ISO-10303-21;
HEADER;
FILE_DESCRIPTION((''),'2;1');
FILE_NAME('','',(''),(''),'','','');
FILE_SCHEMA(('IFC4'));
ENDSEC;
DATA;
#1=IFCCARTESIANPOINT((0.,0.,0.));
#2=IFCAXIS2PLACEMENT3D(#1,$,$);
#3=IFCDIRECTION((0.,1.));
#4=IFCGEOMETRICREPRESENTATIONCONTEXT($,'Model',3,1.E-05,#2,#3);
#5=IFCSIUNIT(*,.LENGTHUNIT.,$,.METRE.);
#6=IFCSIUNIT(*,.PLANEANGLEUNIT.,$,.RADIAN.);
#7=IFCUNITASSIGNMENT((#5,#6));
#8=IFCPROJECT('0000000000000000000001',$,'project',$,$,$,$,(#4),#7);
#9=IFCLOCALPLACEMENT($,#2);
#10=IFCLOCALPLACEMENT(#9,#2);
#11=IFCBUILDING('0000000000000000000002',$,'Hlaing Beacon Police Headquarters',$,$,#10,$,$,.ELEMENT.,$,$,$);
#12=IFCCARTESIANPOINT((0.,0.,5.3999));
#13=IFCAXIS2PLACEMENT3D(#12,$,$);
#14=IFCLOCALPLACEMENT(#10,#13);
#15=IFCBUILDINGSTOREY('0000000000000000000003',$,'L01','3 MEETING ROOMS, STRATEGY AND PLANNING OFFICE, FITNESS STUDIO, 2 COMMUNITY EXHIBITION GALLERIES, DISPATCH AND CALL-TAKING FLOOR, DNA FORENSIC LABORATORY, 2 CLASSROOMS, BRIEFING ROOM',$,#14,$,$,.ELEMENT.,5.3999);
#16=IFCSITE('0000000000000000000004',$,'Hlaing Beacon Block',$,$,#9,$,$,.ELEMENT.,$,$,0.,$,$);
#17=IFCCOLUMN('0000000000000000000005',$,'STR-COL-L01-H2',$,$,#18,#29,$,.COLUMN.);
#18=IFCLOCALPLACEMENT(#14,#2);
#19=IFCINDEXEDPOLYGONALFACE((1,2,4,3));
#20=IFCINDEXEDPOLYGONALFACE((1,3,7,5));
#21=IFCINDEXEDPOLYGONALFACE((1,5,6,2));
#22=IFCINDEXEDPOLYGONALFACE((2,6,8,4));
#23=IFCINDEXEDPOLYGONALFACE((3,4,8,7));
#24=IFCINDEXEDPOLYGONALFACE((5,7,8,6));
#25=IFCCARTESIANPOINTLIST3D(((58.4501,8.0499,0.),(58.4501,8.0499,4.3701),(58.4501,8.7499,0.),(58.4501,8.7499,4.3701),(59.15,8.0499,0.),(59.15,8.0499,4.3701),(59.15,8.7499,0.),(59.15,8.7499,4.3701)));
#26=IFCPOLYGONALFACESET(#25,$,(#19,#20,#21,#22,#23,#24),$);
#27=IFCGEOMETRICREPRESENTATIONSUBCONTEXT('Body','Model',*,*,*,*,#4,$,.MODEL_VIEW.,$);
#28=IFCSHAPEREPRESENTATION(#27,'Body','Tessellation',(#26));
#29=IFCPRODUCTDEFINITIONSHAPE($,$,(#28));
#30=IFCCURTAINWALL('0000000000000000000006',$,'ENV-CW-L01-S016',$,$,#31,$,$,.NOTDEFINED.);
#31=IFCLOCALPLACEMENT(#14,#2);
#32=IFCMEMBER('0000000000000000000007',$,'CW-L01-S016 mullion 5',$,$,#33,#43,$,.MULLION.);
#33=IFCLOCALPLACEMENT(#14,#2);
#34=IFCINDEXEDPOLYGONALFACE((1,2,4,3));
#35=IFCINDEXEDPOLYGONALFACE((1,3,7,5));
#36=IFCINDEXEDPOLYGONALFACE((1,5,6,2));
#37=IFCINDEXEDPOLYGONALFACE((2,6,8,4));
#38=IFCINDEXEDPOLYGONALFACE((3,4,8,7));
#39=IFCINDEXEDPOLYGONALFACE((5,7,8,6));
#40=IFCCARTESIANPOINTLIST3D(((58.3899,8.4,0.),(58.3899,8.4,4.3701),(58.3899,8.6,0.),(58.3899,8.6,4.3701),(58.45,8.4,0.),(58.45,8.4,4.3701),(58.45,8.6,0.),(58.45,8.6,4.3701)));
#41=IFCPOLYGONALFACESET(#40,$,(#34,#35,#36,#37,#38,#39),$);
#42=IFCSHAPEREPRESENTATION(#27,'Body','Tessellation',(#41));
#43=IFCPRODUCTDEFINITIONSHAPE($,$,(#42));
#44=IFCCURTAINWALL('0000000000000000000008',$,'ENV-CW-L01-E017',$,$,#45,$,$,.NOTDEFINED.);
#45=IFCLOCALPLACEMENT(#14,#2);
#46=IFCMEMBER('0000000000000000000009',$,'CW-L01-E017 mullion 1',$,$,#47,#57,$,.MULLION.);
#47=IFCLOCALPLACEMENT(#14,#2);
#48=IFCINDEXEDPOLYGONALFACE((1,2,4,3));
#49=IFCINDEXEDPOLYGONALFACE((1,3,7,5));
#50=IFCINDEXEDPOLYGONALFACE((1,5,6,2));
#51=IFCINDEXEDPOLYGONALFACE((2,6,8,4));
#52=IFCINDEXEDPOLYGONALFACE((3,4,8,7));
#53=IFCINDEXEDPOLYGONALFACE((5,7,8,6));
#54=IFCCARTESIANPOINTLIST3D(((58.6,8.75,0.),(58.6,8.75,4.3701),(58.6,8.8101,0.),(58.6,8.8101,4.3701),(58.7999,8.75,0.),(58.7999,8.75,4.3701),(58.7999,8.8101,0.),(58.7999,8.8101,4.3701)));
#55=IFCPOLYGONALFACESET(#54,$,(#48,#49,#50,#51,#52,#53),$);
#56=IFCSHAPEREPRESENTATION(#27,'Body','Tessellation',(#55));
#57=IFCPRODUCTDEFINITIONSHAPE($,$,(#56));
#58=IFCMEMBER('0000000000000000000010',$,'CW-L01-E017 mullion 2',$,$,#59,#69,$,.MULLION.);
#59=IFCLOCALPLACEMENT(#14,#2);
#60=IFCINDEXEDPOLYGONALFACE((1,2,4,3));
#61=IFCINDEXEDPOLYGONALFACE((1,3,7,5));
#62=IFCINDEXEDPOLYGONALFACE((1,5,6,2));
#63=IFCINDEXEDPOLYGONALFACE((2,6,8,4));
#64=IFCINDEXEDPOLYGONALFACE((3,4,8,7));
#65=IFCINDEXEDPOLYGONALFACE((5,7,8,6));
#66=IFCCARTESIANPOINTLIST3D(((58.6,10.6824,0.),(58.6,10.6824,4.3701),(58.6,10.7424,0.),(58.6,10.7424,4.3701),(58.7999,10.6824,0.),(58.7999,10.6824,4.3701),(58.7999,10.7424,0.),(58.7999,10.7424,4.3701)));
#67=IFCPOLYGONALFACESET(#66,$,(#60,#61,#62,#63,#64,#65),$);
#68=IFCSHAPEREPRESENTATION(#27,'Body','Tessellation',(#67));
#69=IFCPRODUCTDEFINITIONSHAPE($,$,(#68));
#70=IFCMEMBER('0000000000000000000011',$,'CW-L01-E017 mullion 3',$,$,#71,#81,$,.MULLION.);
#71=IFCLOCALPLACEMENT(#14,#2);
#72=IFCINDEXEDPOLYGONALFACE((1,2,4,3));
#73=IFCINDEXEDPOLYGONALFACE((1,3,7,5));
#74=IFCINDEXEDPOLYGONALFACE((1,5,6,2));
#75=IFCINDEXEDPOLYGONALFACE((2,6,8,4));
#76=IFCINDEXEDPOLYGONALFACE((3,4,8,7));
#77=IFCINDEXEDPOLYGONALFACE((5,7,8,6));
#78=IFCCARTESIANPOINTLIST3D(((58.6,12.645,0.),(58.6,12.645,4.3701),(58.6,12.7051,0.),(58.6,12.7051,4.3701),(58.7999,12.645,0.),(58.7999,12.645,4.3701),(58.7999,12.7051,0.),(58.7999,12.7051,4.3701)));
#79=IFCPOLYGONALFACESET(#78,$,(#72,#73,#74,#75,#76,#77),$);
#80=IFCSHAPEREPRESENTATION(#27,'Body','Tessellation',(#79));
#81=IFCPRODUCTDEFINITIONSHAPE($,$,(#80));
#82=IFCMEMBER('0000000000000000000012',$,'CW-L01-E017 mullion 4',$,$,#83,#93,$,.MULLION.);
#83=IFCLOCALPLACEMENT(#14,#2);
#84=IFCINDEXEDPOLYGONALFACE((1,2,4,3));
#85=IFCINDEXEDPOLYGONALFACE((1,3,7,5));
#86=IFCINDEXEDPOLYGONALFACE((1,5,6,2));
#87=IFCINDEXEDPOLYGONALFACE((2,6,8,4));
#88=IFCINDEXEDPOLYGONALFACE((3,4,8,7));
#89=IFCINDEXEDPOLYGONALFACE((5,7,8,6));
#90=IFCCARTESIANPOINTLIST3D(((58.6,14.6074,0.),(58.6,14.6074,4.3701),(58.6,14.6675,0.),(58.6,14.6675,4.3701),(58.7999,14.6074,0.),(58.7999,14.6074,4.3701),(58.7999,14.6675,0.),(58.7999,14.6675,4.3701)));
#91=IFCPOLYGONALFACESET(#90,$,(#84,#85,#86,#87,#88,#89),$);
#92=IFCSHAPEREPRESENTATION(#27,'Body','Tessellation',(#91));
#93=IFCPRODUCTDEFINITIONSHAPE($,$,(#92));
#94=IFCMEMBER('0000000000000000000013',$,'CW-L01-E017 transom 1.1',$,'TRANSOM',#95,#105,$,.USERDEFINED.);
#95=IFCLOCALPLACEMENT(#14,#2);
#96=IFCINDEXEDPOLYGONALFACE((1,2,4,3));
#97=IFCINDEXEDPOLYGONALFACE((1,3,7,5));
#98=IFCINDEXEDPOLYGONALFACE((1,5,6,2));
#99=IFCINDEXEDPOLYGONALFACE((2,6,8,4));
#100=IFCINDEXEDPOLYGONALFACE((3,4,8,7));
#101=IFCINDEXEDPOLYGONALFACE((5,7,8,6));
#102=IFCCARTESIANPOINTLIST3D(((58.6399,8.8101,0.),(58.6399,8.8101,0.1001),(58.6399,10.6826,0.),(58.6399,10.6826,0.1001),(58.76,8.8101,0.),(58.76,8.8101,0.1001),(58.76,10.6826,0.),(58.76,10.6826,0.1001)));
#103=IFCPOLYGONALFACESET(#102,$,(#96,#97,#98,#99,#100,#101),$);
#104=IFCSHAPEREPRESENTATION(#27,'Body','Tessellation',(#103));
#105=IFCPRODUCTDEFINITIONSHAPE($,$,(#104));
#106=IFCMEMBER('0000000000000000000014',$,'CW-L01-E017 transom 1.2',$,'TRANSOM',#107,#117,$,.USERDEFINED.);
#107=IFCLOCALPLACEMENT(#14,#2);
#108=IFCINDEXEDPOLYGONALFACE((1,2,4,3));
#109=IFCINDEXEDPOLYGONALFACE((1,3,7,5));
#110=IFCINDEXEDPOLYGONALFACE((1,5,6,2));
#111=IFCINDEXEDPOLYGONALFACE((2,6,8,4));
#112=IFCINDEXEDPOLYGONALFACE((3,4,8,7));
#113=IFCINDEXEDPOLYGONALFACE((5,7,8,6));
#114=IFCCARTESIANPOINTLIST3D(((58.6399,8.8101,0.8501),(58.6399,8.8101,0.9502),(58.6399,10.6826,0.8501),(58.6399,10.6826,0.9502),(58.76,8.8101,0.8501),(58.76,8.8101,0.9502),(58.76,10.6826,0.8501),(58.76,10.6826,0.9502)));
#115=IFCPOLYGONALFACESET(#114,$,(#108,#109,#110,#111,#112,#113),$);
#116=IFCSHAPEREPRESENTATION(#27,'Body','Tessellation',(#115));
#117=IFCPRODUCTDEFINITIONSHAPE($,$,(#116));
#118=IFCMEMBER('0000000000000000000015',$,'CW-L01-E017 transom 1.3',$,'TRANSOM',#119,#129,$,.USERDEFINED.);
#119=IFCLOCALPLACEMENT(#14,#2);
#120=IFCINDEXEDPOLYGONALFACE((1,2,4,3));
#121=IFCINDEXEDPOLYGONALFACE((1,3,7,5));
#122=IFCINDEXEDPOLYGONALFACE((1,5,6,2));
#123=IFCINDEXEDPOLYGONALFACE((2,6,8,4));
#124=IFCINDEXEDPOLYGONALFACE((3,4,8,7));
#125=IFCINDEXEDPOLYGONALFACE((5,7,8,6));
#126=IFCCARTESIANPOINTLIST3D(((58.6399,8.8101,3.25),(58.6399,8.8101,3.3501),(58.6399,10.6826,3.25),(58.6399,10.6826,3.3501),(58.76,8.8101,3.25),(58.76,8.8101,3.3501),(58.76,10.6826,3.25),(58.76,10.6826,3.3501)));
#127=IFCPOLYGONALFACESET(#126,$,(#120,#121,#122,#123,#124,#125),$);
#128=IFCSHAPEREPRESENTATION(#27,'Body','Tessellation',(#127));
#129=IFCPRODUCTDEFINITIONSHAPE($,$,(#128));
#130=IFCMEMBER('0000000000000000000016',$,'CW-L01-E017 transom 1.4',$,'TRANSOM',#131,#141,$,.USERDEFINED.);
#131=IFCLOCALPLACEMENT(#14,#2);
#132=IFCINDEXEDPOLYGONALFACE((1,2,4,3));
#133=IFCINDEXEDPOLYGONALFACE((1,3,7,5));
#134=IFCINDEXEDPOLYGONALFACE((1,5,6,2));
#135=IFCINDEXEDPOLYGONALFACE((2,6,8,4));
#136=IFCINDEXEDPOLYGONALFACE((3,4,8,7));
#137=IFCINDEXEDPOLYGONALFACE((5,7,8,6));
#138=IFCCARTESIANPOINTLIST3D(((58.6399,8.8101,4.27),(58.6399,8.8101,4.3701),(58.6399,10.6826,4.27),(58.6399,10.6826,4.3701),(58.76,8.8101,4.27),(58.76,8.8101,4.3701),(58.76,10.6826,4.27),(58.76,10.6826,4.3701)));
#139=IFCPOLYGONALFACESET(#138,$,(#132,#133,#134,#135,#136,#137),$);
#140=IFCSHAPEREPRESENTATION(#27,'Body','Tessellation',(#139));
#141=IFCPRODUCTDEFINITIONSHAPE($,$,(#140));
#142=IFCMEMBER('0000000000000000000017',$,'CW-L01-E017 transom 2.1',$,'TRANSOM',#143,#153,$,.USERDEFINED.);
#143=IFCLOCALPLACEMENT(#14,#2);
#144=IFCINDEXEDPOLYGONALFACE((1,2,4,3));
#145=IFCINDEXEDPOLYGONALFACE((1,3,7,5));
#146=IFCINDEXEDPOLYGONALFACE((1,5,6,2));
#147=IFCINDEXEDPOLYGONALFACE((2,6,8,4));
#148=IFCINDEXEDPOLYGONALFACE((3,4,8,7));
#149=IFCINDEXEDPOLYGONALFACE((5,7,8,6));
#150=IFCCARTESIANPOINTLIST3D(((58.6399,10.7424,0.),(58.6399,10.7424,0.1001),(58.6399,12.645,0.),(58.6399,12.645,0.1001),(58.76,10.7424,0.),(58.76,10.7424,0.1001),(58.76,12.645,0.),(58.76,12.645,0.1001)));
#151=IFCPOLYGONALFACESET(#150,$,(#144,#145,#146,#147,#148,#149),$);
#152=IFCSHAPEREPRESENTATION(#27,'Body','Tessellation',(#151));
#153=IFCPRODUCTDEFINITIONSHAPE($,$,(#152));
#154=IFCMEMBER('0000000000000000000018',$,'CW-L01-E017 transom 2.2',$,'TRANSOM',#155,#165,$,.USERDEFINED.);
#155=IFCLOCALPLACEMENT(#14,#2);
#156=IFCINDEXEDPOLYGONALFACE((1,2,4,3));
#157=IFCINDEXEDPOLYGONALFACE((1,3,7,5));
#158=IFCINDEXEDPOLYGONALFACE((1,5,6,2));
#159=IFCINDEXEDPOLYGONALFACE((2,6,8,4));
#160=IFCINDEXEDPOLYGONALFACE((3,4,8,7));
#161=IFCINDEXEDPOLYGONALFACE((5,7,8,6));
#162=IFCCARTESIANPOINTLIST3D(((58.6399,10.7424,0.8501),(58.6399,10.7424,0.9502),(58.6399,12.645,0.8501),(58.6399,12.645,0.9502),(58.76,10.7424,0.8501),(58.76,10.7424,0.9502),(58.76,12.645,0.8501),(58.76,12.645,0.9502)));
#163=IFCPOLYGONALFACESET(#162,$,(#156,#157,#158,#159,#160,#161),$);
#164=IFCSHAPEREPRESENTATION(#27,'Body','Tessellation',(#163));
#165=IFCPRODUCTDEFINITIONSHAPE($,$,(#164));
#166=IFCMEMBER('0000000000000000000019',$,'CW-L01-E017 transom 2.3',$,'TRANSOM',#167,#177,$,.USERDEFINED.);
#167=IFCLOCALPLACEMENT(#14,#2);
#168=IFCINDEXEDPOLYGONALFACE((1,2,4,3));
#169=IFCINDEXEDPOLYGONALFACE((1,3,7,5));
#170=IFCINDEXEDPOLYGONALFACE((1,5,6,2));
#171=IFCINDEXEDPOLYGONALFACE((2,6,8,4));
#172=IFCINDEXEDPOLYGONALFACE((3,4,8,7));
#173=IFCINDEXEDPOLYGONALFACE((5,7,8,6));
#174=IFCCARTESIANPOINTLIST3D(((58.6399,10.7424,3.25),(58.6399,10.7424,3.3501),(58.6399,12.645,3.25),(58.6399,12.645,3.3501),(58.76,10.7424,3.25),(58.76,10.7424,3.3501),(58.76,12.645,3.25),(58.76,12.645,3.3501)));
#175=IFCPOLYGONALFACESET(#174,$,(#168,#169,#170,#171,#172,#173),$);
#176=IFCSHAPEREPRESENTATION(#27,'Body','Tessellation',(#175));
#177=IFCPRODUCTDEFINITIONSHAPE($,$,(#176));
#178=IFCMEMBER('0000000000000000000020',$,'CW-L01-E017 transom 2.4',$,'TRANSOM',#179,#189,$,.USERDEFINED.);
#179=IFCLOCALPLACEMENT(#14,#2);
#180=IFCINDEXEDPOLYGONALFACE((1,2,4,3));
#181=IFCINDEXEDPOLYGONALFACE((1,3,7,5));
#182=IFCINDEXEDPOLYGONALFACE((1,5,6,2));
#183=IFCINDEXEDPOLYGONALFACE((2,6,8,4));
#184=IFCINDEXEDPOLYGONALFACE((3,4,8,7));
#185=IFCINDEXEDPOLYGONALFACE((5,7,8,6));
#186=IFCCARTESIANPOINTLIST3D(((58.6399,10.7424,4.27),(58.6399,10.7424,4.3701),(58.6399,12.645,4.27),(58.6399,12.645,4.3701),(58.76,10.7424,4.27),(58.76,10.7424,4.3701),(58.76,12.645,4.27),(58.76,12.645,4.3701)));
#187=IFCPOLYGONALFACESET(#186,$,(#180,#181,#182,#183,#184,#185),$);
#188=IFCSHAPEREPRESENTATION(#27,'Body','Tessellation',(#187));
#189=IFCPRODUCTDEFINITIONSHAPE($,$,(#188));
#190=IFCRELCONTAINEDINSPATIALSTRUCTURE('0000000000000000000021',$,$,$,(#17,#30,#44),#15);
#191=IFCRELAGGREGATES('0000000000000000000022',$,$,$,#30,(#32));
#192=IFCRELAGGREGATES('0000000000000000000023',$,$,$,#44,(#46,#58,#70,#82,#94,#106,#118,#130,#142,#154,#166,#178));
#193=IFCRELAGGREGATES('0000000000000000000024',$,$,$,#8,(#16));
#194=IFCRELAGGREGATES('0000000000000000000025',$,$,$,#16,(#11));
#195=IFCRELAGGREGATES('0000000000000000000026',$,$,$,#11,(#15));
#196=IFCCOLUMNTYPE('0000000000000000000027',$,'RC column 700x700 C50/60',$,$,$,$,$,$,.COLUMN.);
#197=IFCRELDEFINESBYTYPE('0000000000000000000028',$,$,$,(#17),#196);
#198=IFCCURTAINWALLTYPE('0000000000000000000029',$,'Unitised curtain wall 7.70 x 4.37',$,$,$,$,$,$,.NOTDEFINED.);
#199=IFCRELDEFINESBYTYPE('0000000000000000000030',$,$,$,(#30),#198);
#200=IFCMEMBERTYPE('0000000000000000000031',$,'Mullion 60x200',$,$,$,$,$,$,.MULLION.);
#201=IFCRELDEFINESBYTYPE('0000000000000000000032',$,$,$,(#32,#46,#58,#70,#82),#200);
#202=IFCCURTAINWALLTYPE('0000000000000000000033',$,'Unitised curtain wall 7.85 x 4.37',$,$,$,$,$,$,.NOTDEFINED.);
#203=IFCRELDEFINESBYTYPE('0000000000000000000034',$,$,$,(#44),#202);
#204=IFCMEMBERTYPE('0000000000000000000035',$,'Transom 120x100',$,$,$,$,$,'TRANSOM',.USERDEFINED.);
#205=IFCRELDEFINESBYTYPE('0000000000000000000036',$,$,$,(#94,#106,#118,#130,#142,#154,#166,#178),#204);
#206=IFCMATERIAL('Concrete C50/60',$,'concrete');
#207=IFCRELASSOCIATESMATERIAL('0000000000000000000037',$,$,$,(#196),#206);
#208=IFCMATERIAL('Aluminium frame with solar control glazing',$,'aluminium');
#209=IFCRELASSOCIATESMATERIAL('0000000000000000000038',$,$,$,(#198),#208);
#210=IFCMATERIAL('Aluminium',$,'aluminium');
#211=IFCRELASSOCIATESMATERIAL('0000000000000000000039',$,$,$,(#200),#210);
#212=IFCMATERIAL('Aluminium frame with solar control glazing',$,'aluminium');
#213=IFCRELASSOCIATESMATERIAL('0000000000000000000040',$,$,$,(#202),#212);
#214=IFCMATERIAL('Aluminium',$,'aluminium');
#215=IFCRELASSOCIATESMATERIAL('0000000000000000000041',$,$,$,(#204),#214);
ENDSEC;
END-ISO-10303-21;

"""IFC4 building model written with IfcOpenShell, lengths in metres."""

from ifc_helpers import new_model, si_unit, direction, frame, origin, origin_2d, place, context, subcontext, project, spatial, rectangle, extrude, material, material_profile, profile_set, type_object, element, aggregate, save


model = new_model("IFC4")

# Units and contexts
model_context = context("Model", 3, precision=1e-05, world=origin(), true_north=direction((0.0, 1.0)))
body_context = subcontext(model_context, "Body", "Model", "MODEL_VIEW")
ifc_project = project(units=[si_unit("LENGTHUNIT", "METRE"), si_unit("PLANEANGLEUNIT", "RADIAN")], contexts=[model_context])

# Site, building, storey
site_placement = place(None, origin())
site = spatial("IfcSite", under=ifc_project, at=site_placement, Name="Hlaing Beacon Block", CompositionType="ELEMENT", RefElevation=0.0)
building_placement = place(site_placement, origin())
building = spatial("IfcBuilding", under=site, at=building_placement, Name="Hlaing Beacon Police Headquarters", CompositionType="ELEMENT")
storey_placement = place(building_placement, frame((0.0, 0.0, 5.3999)))
storey = spatial("IfcBuildingStorey", under=building, at=storey_placement, Name="L01", Description="3 MEETING ROOMS, STRATEGY AND PLANNING OFFICE, FITNESS STUDIO, 2 COMMUNITY EXHIBITION GALLERIES, DISPATCH AND CALL-TAKING FLOOR, DNA FORENSIC LABORATORY, 2 CLASSROOMS, BRIEFING ROOM", CompositionType="ELEMENT", Elevation=5.3999)

# Column
ifc_material_1 = material(Name="Concrete C50/60", Category="concrete")
ifc_material_profile_1 = material_profile(ifc_material_1, rectangle(XDim=0.7, YDim=0.7, at=origin_2d()), Name="700x700")
ifc_profile_set_1 = profile_set([ifc_material_profile_1], Name="Concrete C50/60")
column_type = type_object("IfcColumnType", Name="RC column 700x700 C50/60", PredefinedType="COLUMN", material=ifc_profile_set_1)
column_placement = place(storey_placement, frame((58.8, 8.3999, 0.0), z_axis=(0.0, 0.0, 1.0), x_axis=(1.0, 0.0, 0.0)))
element("IfcColumn", 1, at=column_placement, inside=storey, type_object=column_type, Name="STR-COL-L01-H2", PredefinedType="COLUMN", context=body_context, shape_type="SweptSolid", body=[
    extrude(rectangle(XDim=0.7, YDim=0.7, at=origin_2d()), origin(), (0.0, 0.0, 1.0), 4.3701),
])

# Curtain wall, member
ifc_material_2 = material(Name="Aluminium frame with solar control glazing", Category="aluminium")
curtain_wall_type_1 = type_object("IfcCurtainWallType", Name="Unitised curtain wall 7.70 x 4.37", PredefinedType="NOTDEFINED", material=ifc_material_2)
curtain_wall_1_placement = place(storey_placement, origin())
curtain_wall_1 = element("IfcCurtainWall", 2, at=curtain_wall_1_placement, inside=storey, type_object=curtain_wall_type_1, Name="ENV-CW-L01-S016", PredefinedType="NOTDEFINED")
ifc_material_3 = material(Name="Aluminium", Category="aluminium")
ifc_material_profile_2 = material_profile(ifc_material_3, rectangle(XDim=0.2, YDim=0.0601, at=origin_2d()), Name="Mullion 60x200")
ifc_profile_set_2 = profile_set([ifc_material_profile_2], Name="Aluminium")
member_type_1 = type_object("IfcMemberType", Name="Mullion 60x200", PredefinedType="MULLION", material=ifc_profile_set_2)
member_1_placement = place(storey_placement, frame((58.4199, 8.5, 0.0), z_axis=(0.0, 0.0, 1.0), x_axis=(0.0, 1.0, 0.0)))
member_1 = element("IfcMember", 3, at=member_1_placement, type_object=member_type_1, Name="CW-L01-S016 mullion 5", PredefinedType="MULLION", context=body_context, shape_type="SweptSolid", body=[
    extrude(rectangle(XDim=0.2, YDim=0.0601, at=origin_2d()), origin(), (0.0, 0.0, 1.0), 4.3701),
])
aggregate(curtain_wall_1, [member_1])

# Curtain wall, members
ifc_material_4 = material(Name="Aluminium frame with solar control glazing", Category="aluminium")
curtain_wall_type_2 = type_object("IfcCurtainWallType", Name="Unitised curtain wall 7.85 x 4.37", PredefinedType="NOTDEFINED", material=ifc_material_4)
curtain_wall_2_placement = place(storey_placement, origin())
curtain_wall_2 = element("IfcCurtainWall", 4, at=curtain_wall_2_placement, inside=storey, type_object=curtain_wall_type_2, Name="ENV-CW-L01-E017", PredefinedType="NOTDEFINED")
member_2_placement = place(storey_placement, frame((58.7, 8.78, 0.0), z_axis=(0.0, 0.0, 1.0), x_axis=(-1.0, 0.0, 0.0)))
member_2 = element("IfcMember", 5, at=member_2_placement, type_object=member_type_1, Name="CW-L01-E017 mullion 1", PredefinedType="MULLION", context=body_context, shape_type="SweptSolid", body=[
    extrude(rectangle(XDim=0.2, YDim=0.0601, at=origin_2d()), origin(), (0.0, 0.0, 1.0), 4.3701),
])
member_3_placement = place(storey_placement, frame((58.7, 10.7124, 0.0), z_axis=(0.0, 0.0, 1.0), x_axis=(-1.0, 0.0, 0.0)))
member_3 = element("IfcMember", 6, at=member_3_placement, type_object=member_type_1, Name="CW-L01-E017 mullion 2", PredefinedType="MULLION", context=body_context, shape_type="SweptSolid", body=[
    extrude(rectangle(XDim=0.2, YDim=0.0601, at=origin_2d()), origin(), (0.0, 0.0, 1.0), 4.3701),
])
member_4_placement = place(storey_placement, frame((58.7, 12.675, 0.0), z_axis=(0.0, 0.0, 1.0), x_axis=(-1.0, 0.0, 0.0)))
member_4 = element("IfcMember", 7, at=member_4_placement, type_object=member_type_1, Name="CW-L01-E017 mullion 3", PredefinedType="MULLION", context=body_context, shape_type="SweptSolid", body=[
    extrude(rectangle(XDim=0.2, YDim=0.0601, at=origin_2d()), origin(), (0.0, 0.0, 1.0), 4.3701),
])
member_5_placement = place(storey_placement, frame((58.7, 14.6375, 0.0), z_axis=(0.0, 0.0, 1.0), x_axis=(-1.0, 0.0, 0.0)))
member_5 = element("IfcMember", 8, at=member_5_placement, type_object=member_type_1, Name="CW-L01-E017 mullion 4", PredefinedType="MULLION", context=body_context, shape_type="SweptSolid", body=[
    extrude(rectangle(XDim=0.2, YDim=0.0601, at=origin_2d()), origin(), (0.0, 0.0, 1.0), 4.3701),
])
ifc_material_5 = material(Name="Aluminium", Category="aluminium")
ifc_material_profile_3 = material_profile(ifc_material_5, rectangle(XDim=0.1201, YDim=0.1001, at=origin_2d()), Name="Transom 120x100")
ifc_profile_set_3 = profile_set([ifc_material_profile_3], Name="Aluminium")
member_type_2 = type_object("IfcMemberType", Name="Transom 120x100", ElementType="TRANSOM", PredefinedType="USERDEFINED", material=ifc_profile_set_3)
member_6_placement = place(storey_placement, frame((58.7, 8.8101, 0.05), z_axis=(0.0, 1.0, 0.0), x_axis=(-1.0, 0.0, 0.0)))
member_6 = element("IfcMember", 9, at=member_6_placement, type_object=member_type_2, Name="CW-L01-E017 transom 1.1", ObjectType="TRANSOM", PredefinedType="USERDEFINED", context=body_context, shape_type="SweptSolid", body=[
    extrude(rectangle(XDim=0.1201, YDim=0.1001, at=origin_2d()), origin(), (0.0, 0.0, 1.0), 1.8726),
])
member_7_placement = place(storey_placement, frame((58.7, 8.8101, 0.9001), z_axis=(0.0, 1.0, 0.0), x_axis=(-1.0, 0.0, 0.0)))
member_7 = element("IfcMember", 10, at=member_7_placement, type_object=member_type_2, Name="CW-L01-E017 transom 1.2", ObjectType="TRANSOM", PredefinedType="USERDEFINED", context=body_context, shape_type="SweptSolid", body=[
    extrude(rectangle(XDim=0.1201, YDim=0.1001, at=origin_2d()), origin(), (0.0, 0.0, 1.0), 1.8726),
])
member_8_placement = place(storey_placement, frame((58.7, 8.8101, 3.3), z_axis=(0.0, 1.0, 0.0), x_axis=(-1.0, 0.0, 0.0)))
member_8 = element("IfcMember", 11, at=member_8_placement, type_object=member_type_2, Name="CW-L01-E017 transom 1.3", ObjectType="TRANSOM", PredefinedType="USERDEFINED", context=body_context, shape_type="SweptSolid", body=[
    extrude(rectangle(XDim=0.1201, YDim=0.1001, at=origin_2d()), origin(), (0.0, 0.0, 1.0), 1.8726),
])
member_9_placement = place(storey_placement, frame((58.7, 8.8101, 4.3201), z_axis=(0.0, 1.0, 0.0), x_axis=(-1.0, 0.0, 0.0)))
member_9 = element("IfcMember", 12, at=member_9_placement, type_object=member_type_2, Name="CW-L01-E017 transom 1.4", ObjectType="TRANSOM", PredefinedType="USERDEFINED", context=body_context, shape_type="SweptSolid", body=[
    extrude(rectangle(XDim=0.1201, YDim=0.1001, at=origin_2d()), origin(), (0.0, 0.0, 1.0), 1.8726),
])
member_10_placement = place(storey_placement, frame((58.7, 10.7424, 0.05), z_axis=(0.0, 1.0, 0.0), x_axis=(-1.0, 0.0, 0.0)))
member_10 = element("IfcMember", 13, at=member_10_placement, type_object=member_type_2, Name="CW-L01-E017 transom 2.1", ObjectType="TRANSOM", PredefinedType="USERDEFINED", context=body_context, shape_type="SweptSolid", body=[
    extrude(rectangle(XDim=0.1201, YDim=0.1001, at=origin_2d()), origin(), (0.0, 0.0, 1.0), 1.9026),
])
member_11_placement = place(storey_placement, frame((58.7, 10.7424, 0.9001), z_axis=(0.0, 1.0, 0.0), x_axis=(-1.0, 0.0, 0.0)))
member_11 = element("IfcMember", 14, at=member_11_placement, type_object=member_type_2, Name="CW-L01-E017 transom 2.2", ObjectType="TRANSOM", PredefinedType="USERDEFINED", context=body_context, shape_type="SweptSolid", body=[
    extrude(rectangle(XDim=0.1201, YDim=0.1001, at=origin_2d()), origin(), (0.0, 0.0, 1.0), 1.9026),
])
member_12_placement = place(storey_placement, frame((58.7, 10.7424, 3.3), z_axis=(0.0, 1.0, 0.0), x_axis=(-1.0, 0.0, 0.0)))
member_12 = element("IfcMember", 15, at=member_12_placement, type_object=member_type_2, Name="CW-L01-E017 transom 2.3", ObjectType="TRANSOM", PredefinedType="USERDEFINED", context=body_context, shape_type="SweptSolid", body=[
    extrude(rectangle(XDim=0.1201, YDim=0.1001, at=origin_2d()), origin(), (0.0, 0.0, 1.0), 1.9026),
])
member_13_placement = place(storey_placement, frame((58.7, 10.7424, 4.3201), z_axis=(0.0, 1.0, 0.0), x_axis=(-1.0, 0.0, 0.0)))
member_13 = element("IfcMember", 16, at=member_13_placement, type_object=member_type_2, Name="CW-L01-E017 transom 2.4", ObjectType="TRANSOM", PredefinedType="USERDEFINED", context=body_context, shape_type="SweptSolid", body=[
    extrude(rectangle(XDim=0.1201, YDim=0.1001, at=origin_2d()), origin(), (0.0, 0.0, 1.0), 1.9026),
])
aggregate(curtain_wall_2, [member_2, member_3, member_4, member_5, member_6, member_7, member_8, member_9, member_10, member_11, member_12, member_13])

save(model, "model.ifc")
